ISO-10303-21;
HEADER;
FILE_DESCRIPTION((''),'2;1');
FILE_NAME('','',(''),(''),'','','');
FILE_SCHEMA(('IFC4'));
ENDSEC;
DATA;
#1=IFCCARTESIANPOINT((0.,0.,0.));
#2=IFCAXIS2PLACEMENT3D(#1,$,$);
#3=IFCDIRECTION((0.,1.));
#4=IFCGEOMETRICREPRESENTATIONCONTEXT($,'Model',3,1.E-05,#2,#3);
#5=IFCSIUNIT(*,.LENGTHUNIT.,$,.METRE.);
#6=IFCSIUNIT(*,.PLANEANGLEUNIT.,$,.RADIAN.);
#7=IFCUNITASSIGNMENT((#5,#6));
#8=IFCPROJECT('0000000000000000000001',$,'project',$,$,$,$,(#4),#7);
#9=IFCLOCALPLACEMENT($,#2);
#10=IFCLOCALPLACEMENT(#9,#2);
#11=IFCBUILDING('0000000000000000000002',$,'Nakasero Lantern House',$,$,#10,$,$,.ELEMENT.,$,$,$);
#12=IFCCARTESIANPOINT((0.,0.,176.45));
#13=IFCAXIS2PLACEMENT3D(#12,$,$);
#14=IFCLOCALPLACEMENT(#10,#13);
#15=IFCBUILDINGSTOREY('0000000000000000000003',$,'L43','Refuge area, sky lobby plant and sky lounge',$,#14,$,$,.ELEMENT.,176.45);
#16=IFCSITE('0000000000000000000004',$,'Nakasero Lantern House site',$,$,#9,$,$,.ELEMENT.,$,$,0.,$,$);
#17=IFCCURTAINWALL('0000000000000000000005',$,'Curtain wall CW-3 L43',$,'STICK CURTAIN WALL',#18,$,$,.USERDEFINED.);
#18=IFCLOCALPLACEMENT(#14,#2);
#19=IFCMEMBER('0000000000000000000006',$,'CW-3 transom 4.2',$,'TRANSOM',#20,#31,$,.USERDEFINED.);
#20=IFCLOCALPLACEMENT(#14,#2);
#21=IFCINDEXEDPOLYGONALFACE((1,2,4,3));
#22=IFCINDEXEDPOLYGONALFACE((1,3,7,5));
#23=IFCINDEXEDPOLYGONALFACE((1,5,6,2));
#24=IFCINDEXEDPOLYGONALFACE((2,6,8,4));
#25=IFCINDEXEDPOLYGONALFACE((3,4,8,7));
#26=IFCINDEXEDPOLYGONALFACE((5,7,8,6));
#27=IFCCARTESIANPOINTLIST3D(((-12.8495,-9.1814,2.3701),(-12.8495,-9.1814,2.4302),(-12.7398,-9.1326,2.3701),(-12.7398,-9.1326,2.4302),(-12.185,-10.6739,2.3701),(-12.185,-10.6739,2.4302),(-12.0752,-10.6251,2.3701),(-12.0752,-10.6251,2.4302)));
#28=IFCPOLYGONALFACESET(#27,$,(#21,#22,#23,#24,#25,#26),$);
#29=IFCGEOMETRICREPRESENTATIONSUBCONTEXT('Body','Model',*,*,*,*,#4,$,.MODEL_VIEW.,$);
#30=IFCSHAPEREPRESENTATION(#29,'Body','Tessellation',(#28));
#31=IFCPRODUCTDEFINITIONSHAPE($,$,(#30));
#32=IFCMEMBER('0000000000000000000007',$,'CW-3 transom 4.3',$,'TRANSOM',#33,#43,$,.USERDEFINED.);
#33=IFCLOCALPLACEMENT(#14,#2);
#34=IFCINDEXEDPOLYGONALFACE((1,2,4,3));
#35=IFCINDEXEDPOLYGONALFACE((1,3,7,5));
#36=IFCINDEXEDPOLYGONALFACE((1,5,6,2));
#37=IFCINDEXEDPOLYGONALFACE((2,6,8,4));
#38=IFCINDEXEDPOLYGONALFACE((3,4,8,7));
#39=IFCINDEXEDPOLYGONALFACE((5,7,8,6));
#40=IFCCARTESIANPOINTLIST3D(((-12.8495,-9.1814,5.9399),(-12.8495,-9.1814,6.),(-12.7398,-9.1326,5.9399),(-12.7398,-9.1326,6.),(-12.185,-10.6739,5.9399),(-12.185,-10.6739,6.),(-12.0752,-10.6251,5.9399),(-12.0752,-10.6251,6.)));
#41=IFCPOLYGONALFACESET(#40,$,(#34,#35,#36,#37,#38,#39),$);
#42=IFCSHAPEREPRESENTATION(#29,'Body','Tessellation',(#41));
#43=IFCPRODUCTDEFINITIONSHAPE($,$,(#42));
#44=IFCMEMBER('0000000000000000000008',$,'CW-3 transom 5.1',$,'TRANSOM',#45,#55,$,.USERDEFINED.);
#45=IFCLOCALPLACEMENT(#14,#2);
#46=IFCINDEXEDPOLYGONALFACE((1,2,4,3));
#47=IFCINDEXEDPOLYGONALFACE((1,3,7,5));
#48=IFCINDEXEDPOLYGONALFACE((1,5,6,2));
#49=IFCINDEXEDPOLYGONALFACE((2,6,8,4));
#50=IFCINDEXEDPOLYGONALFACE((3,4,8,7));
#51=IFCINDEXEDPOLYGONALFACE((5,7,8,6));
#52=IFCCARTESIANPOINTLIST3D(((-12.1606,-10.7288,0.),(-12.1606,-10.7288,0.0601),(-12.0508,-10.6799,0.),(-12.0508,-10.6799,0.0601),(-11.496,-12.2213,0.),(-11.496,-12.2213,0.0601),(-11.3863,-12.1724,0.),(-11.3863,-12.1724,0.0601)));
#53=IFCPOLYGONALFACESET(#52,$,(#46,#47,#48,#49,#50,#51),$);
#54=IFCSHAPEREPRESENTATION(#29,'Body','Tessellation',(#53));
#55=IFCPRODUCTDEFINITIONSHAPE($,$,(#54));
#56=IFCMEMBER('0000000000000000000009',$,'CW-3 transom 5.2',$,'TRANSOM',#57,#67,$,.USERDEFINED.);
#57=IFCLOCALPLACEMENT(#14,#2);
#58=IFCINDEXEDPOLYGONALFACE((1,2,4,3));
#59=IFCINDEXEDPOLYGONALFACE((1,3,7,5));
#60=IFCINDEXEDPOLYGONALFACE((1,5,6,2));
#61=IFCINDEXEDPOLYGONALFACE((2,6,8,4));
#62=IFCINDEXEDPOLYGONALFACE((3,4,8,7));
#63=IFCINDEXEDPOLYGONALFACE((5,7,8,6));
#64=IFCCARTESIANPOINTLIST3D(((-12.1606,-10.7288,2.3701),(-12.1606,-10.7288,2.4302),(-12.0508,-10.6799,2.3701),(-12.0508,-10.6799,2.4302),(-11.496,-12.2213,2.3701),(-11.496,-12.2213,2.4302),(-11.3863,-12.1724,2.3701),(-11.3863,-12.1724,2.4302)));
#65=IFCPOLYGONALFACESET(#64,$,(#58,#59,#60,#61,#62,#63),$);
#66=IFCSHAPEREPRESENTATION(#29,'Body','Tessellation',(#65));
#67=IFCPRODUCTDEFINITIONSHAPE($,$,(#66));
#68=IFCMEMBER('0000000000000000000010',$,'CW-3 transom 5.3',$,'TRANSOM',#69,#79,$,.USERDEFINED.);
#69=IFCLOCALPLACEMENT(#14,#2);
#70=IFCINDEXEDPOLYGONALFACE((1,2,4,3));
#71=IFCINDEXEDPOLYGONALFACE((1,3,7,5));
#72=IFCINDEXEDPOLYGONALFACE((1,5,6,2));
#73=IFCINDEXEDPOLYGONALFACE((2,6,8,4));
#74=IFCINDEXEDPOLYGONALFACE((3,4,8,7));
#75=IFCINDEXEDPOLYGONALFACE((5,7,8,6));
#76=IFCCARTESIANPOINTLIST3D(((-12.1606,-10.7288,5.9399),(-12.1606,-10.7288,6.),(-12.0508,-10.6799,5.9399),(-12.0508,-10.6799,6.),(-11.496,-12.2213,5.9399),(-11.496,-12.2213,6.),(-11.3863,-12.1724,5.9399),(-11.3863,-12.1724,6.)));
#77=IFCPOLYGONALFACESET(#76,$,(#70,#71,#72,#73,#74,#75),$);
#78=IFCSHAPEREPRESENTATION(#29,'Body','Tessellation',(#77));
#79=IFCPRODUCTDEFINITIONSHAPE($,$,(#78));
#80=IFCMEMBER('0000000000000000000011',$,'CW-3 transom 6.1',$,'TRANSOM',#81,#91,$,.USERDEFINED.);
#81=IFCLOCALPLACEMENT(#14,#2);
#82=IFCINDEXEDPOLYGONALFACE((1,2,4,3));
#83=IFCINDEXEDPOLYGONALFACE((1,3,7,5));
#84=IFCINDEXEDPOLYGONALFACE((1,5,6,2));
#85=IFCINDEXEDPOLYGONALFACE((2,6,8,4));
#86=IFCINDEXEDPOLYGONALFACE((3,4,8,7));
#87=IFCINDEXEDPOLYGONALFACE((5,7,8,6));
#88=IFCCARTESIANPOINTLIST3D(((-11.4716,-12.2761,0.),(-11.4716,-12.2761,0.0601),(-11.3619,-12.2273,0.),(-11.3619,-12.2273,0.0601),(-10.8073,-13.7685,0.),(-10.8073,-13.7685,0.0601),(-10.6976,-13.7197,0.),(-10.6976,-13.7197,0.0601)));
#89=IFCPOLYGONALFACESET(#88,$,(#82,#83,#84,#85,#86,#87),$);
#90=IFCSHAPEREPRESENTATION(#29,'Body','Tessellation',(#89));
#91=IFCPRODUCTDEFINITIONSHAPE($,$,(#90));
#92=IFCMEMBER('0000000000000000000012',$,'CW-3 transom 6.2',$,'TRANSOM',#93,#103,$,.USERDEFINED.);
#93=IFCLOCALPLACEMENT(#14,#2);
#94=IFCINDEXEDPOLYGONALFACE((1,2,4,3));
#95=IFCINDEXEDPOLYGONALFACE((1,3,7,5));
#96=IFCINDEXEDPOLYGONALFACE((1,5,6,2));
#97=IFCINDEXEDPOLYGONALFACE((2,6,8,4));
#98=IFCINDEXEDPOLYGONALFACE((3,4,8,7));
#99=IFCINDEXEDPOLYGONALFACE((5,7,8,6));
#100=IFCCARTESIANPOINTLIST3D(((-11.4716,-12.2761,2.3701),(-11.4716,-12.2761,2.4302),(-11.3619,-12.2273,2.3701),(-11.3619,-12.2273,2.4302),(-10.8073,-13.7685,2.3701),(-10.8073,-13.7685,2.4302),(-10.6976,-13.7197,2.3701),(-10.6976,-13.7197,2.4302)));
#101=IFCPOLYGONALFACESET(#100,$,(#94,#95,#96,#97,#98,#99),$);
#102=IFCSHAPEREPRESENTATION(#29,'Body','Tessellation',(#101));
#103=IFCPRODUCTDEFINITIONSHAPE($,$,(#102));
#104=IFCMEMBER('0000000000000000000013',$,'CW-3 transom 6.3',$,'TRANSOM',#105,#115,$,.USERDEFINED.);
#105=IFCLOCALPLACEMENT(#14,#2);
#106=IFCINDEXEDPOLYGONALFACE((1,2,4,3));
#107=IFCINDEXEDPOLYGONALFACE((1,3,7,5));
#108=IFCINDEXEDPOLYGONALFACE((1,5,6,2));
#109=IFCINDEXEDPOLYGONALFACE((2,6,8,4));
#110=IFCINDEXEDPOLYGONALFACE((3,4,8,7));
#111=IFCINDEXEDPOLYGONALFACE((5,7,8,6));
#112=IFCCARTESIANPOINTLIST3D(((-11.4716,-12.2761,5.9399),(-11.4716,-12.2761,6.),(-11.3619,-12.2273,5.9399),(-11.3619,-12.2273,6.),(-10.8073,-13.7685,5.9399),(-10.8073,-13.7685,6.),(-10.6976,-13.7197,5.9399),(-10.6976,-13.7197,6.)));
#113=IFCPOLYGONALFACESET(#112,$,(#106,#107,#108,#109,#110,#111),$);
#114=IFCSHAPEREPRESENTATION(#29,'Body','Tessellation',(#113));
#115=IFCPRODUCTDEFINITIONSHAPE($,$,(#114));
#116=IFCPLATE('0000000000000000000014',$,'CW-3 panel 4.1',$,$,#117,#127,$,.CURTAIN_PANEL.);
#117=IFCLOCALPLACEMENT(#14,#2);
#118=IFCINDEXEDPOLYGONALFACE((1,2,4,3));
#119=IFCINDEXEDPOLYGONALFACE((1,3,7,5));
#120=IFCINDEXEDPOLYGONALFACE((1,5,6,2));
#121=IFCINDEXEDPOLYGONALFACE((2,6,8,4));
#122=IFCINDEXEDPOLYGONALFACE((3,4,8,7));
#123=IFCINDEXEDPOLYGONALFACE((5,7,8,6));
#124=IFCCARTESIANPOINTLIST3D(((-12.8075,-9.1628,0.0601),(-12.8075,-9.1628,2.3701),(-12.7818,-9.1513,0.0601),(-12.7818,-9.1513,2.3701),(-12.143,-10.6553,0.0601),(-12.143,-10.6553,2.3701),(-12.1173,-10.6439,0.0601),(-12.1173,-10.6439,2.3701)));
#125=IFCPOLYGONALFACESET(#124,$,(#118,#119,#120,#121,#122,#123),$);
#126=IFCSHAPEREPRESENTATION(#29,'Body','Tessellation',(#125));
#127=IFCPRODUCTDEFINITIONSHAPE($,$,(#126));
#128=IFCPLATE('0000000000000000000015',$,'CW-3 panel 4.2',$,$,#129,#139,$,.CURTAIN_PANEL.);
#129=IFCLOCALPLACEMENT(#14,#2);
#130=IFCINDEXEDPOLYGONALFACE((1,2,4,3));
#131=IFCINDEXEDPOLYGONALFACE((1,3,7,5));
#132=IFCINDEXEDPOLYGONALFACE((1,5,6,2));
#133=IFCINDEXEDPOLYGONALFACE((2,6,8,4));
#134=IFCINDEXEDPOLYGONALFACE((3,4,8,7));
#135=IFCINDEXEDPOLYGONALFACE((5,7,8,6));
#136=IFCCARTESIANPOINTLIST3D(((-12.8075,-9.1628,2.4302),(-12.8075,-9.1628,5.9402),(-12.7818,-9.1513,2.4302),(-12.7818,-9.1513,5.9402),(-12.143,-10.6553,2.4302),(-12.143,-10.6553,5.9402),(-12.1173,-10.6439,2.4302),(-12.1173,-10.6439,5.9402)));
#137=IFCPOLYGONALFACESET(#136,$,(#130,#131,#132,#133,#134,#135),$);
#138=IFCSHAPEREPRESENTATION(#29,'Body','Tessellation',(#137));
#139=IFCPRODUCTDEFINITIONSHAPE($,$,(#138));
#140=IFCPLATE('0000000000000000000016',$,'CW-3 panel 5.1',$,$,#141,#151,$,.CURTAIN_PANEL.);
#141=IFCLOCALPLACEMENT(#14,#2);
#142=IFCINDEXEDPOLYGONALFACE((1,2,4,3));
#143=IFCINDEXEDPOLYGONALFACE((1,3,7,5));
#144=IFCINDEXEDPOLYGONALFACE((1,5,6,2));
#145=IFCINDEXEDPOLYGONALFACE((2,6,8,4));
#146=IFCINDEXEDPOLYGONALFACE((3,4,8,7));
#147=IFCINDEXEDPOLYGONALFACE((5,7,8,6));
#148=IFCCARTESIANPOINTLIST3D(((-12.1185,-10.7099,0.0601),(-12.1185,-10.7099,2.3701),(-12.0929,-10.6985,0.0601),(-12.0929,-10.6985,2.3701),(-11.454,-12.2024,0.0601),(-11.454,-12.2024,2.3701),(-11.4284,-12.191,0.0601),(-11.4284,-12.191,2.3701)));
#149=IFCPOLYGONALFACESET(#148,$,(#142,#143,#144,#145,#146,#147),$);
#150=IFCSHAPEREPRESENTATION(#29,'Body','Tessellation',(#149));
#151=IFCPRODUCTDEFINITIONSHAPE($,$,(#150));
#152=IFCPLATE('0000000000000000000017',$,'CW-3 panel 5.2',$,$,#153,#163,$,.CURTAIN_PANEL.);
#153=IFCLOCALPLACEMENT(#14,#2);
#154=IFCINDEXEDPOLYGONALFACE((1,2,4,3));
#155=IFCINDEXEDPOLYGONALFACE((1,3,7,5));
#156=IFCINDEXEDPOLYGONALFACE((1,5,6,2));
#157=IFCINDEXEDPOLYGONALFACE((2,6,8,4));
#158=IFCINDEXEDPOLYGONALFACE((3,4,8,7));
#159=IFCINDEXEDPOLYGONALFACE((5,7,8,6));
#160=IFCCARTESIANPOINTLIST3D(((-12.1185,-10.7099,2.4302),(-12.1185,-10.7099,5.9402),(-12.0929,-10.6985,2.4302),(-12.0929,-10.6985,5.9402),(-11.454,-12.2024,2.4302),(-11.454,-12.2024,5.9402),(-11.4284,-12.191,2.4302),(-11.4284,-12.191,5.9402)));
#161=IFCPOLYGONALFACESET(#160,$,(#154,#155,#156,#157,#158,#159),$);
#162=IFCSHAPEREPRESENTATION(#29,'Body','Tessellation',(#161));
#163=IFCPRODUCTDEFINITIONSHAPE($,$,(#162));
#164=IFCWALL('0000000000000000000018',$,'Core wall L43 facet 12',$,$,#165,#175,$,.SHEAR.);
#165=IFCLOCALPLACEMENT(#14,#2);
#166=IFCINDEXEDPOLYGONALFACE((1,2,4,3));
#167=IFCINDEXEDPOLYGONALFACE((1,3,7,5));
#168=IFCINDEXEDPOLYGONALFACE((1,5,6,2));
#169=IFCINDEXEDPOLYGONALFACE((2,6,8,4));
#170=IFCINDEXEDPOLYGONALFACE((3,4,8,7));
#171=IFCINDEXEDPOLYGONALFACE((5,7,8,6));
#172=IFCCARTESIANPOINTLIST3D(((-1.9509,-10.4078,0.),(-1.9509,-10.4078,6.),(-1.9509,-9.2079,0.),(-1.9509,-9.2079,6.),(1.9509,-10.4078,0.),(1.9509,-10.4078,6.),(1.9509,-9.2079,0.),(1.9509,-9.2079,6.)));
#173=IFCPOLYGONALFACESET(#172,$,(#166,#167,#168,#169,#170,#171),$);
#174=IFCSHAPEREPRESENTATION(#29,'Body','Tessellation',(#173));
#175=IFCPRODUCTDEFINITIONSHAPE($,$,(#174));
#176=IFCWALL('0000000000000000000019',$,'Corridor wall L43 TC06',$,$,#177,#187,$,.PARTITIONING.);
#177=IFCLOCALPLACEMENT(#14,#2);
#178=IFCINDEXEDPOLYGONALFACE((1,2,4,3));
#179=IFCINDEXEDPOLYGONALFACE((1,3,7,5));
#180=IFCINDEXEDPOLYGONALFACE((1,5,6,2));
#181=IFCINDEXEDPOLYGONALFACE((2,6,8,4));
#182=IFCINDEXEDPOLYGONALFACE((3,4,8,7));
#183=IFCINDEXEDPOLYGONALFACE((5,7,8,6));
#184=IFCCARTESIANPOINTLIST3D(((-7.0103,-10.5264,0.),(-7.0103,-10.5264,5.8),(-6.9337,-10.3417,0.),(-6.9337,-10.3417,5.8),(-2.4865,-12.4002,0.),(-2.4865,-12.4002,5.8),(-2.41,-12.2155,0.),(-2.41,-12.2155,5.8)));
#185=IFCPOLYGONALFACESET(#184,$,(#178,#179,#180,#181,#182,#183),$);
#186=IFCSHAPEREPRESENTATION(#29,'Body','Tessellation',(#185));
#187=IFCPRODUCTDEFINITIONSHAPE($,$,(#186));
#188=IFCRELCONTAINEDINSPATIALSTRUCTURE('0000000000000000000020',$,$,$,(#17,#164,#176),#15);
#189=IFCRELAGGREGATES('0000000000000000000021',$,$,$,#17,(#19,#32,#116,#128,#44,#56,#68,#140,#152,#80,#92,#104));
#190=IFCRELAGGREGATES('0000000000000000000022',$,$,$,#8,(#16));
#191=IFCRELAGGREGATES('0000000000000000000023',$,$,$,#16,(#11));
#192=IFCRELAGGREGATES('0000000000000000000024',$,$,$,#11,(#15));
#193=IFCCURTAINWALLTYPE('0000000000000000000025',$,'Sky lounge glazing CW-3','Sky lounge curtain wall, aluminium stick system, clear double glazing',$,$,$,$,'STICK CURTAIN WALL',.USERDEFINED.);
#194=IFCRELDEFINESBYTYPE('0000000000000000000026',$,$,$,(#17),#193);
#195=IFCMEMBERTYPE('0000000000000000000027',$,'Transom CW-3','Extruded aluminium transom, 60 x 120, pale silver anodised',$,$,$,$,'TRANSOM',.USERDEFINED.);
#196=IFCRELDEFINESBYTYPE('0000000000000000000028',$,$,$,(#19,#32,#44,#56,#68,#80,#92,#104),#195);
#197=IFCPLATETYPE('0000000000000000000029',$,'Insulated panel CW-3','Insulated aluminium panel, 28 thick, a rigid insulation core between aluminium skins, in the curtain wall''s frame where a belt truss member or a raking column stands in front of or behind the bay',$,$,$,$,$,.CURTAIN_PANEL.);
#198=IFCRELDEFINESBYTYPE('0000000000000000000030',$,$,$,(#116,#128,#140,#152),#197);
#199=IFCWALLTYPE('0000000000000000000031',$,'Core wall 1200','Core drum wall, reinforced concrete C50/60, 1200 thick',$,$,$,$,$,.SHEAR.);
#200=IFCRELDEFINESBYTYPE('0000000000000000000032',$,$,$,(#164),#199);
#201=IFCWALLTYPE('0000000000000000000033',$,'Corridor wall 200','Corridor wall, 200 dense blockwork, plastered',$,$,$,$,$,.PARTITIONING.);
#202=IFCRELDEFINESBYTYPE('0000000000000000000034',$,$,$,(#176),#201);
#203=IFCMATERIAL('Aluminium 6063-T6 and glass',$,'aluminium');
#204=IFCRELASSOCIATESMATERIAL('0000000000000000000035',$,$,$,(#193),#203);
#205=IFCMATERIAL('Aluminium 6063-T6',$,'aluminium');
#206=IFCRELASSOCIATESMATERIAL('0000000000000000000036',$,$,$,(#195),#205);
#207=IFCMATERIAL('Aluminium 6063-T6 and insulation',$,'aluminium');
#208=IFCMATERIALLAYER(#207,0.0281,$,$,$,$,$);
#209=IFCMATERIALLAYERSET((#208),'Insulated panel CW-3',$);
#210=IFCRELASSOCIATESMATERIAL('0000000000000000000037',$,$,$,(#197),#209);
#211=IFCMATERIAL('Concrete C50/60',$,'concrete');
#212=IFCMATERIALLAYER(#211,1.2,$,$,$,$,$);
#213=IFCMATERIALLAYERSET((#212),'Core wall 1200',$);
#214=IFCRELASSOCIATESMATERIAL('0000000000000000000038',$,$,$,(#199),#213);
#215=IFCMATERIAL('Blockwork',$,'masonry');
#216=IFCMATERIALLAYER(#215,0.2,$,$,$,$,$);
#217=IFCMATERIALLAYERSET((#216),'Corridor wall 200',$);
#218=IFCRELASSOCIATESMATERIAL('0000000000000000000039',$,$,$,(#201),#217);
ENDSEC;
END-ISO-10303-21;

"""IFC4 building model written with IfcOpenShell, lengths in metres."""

from ifc_helpers import new_model, si_unit, direction, frame, frame_2d, origin, origin_2d, place, context, subcontext, project, spatial, rectangle, extrude, material, layer, layer_set, material_profile, profile_set, type_object, element, aggregate, save


model = new_model("IFC4")

# Units and contexts
model_context = context("Model", 3, precision=1e-05, world=origin(), true_north=direction((0.0, 1.0)))
body_context = subcontext(model_context, "Body", "Model", "MODEL_VIEW")
ifc_project = project(units=[si_unit("LENGTHUNIT", "METRE"), si_unit("PLANEANGLEUNIT", "RADIAN")], contexts=[model_context])

# Site, building, storey
site_placement = place(None, origin())
site = spatial("IfcSite", under=ifc_project, at=site_placement, Name="Nakasero Lantern House site", CompositionType="ELEMENT", RefElevation=0.0)
building_placement = place(site_placement, origin())
building = spatial("IfcBuilding", under=site, at=building_placement, Name="Nakasero Lantern House", CompositionType="ELEMENT")
storey_placement = place(building_placement, frame((0.0, 0.0, 176.45)))
storey = spatial("IfcBuildingStorey", under=building, at=storey_placement, Name="L43", Description="Refuge area, sky lobby plant and sky lounge", CompositionType="ELEMENT", Elevation=176.45)

# Curtain wall, members, plates
ifc_material_1 = material(Name="Aluminium 6063-T6 and glass", Category="aluminium")
curtain_wall_type = type_object("IfcCurtainWallType", Name="Sky lounge glazing CW-3", Description="Sky lounge curtain wall, aluminium stick system, clear double glazing", ElementType="STICK CURTAIN WALL", PredefinedType="USERDEFINED", material=ifc_material_1)
curtain_wall_placement = place(storey_placement, origin())
curtain_wall = element("IfcCurtainWall", 1, at=curtain_wall_placement, inside=storey, type_object=curtain_wall_type, Name="Curtain wall CW-3 L43", ObjectType="STICK CURTAIN WALL", PredefinedType="USERDEFINED")
ifc_material_2 = material(Name="Aluminium 6063-T6", Category="aluminium")
ifc_material_profile_1 = material_profile(ifc_material_2, rectangle(XDim=0.0601, YDim=0.1201, at=origin_2d()), Name="CW-3 transom 60x120")
ifc_profile_set_1 = profile_set([ifc_material_profile_1], Name="Aluminium 6063-T6")
member_type_1 = type_object("IfcMemberType", Name="Transom CW-3", Description="Extruded aluminium transom, 60 x 120, pale silver anodised", ElementType="TRANSOM", PredefinedType="USERDEFINED", material=ifc_profile_set_1)
member_1_placement = place(storey_placement, frame((-12.7947, -9.157, 2.4001), z_axis=(0.406776, -0.913528, 0.0), x_axis=(0.0, 0.0, 1.0)))
member_1 = element("IfcMember", 2, at=member_1_placement, type_object=member_type_1, Name="CW-3 transom 4.2", ObjectType="TRANSOM", PredefinedType="USERDEFINED", context=body_context, shape_type="SweptSolid", body=[
    extrude(rectangle(XDim=0.0601, YDim=0.1201, at=origin_2d()), origin(), (0.0, 0.0, 1.0), 1.6338),
])
member_2_placement = place(storey_placement, frame((-12.7947, -9.157, 5.97), z_axis=(0.406776, -0.913528, 0.0), x_axis=(0.0, 0.0, 1.0)))
member_2 = element("IfcMember", 3, at=member_2_placement, type_object=member_type_1, Name="CW-3 transom 4.3", ObjectType="TRANSOM", PredefinedType="USERDEFINED", context=body_context, shape_type="SweptSolid", body=[
    extrude(rectangle(XDim=0.0601, YDim=0.1201, at=origin_2d()), origin(), (0.0, 0.0, 1.0), 1.6338),
])
member_3_placement = place(storey_placement, frame((-12.1057, -10.7043, 0.03), z_axis=(0.406776, -0.913528, 0.0), x_axis=(0.0, 0.0, 1.0)))
member_3 = element("IfcMember", 4, at=member_3_placement, type_object=member_type_1, Name="CW-3 transom 5.1", ObjectType="TRANSOM", PredefinedType="USERDEFINED", context=body_context, shape_type="SweptSolid", body=[
    extrude(rectangle(XDim=0.0601, YDim=0.1201, at=origin_2d()), origin(), (0.0, 0.0, 1.0), 1.6338),
])
member_4_placement = place(storey_placement, frame((-12.1057, -10.7043, 2.4001), z_axis=(0.406776, -0.913528, 0.0), x_axis=(0.0, 0.0, 1.0)))
member_4 = element("IfcMember", 5, at=member_4_placement, type_object=member_type_1, Name="CW-3 transom 5.2", ObjectType="TRANSOM", PredefinedType="USERDEFINED", context=body_context, shape_type="SweptSolid", body=[
    extrude(rectangle(XDim=0.0601, YDim=0.1201, at=origin_2d()), origin(), (0.0, 0.0, 1.0), 1.6338),
])
member_5_placement = place(storey_placement, frame((-12.1057, -10.7043, 5.97), z_axis=(0.406776, -0.913528, 0.0), x_axis=(0.0, 0.0, 1.0)))
member_5 = element("IfcMember", 6, at=member_5_placement, type_object=member_type_1, Name="CW-3 transom 5.3", ObjectType="TRANSOM", PredefinedType="USERDEFINED", context=body_context, shape_type="SweptSolid", body=[
    extrude(rectangle(XDim=0.0601, YDim=0.1201, at=origin_2d()), origin(), (0.0, 0.0, 1.0), 1.6338),
])
member_6_placement = place(storey_placement, frame((-11.4167, -12.2517, 0.03), z_axis=(0.406651, -0.913583, 0.0), x_axis=(0.0, 0.0, 1.0)))
member_6 = element("IfcMember", 7, at=member_6_placement, type_object=member_type_1, Name="CW-3 transom 6.1", ObjectType="TRANSOM", PredefinedType="USERDEFINED", context=body_context, shape_type="SweptSolid", body=[
    extrude(rectangle(XDim=0.0601, YDim=0.1201, at=origin_2d()), origin(), (0.0, 0.0, 1.0), 1.6335),
])
member_7_placement = place(storey_placement, frame((-11.4167, -12.2517, 2.4001), z_axis=(0.406651, -0.913583, 0.0), x_axis=(0.0, 0.0, 1.0)))
member_7 = element("IfcMember", 8, at=member_7_placement, type_object=member_type_1, Name="CW-3 transom 6.2", ObjectType="TRANSOM", PredefinedType="USERDEFINED", context=body_context, shape_type="SweptSolid", body=[
    extrude(rectangle(XDim=0.0601, YDim=0.1201, at=origin_2d()), origin(), (0.0, 0.0, 1.0), 1.6335),
])
member_8_placement = place(storey_placement, frame((-11.4167, -12.2517, 5.97), z_axis=(0.406651, -0.913583, 0.0), x_axis=(0.0, 0.0, 1.0)))
member_8 = element("IfcMember", 9, at=member_8_placement, type_object=member_type_1, Name="CW-3 transom 6.3", ObjectType="TRANSOM", PredefinedType="USERDEFINED", context=body_context, shape_type="SweptSolid", body=[
    extrude(rectangle(XDim=0.0601, YDim=0.1201, at=origin_2d()), origin(), (0.0, 0.0, 1.0), 1.6335),
])
ifc_material_3 = material(Name="Aluminium 6063-T6 and insulation", Category="aluminium")
ifc_layer_1 = layer(ifc_material_3, 0.0281)
ifc_layer_set_1 = layer_set([ifc_layer_1], Name="Insulated panel CW-3")
plate_type = type_object("IfcPlateType", Name="Insulated panel CW-3", Description="Insulated aluminium panel, 28 thick, a rigid insulation core between aluminium skins, in the curtain wall's frame where a belt truss member or a raking column stands in front of or behind the bay", PredefinedType="CURTAIN_PANEL", material=ifc_layer_set_1)
plate_1_placement = place(storey_placement, frame((-12.4624, -9.9033, 0.0601), z_axis=(0.0, 0.0, 1.0), x_axis=(0.406737, -0.913545, 0.0)))
plate_1 = element("IfcPlate", 10, at=plate_1_placement, type_object=plate_type, Name="CW-3 panel 4.1", PredefinedType="CURTAIN_PANEL", context=body_context, shape_type="SweptSolid", body=[
    extrude(rectangle(XDim=1.6338, YDim=0.0281, at=origin_2d()), origin(), (0.0, 0.0, 1.0), 2.3101),
])
plate_2_placement = place(storey_placement, frame((-12.4624, -9.9033, 2.4302), z_axis=(0.0, 0.0, 1.0), x_axis=(0.406737, -0.913545, 0.0)))
plate_2 = element("IfcPlate", 11, at=plate_2_placement, type_object=plate_type, Name="CW-3 panel 4.2", PredefinedType="CURTAIN_PANEL", context=body_context, shape_type="SweptSolid", body=[
    extrude(rectangle(XDim=1.6338, YDim=0.0281, at=origin_2d()), origin(), (0.0, 0.0, 1.0), 3.51),
])
plate_3_placement = place(storey_placement, frame((-11.7734, -11.4504, 0.0601), z_axis=(0.0, 0.0, 1.0), x_axis=(0.406737, -0.913545, 0.0)))
plate_3 = element("IfcPlate", 12, at=plate_3_placement, type_object=plate_type, Name="CW-3 panel 5.1", PredefinedType="CURTAIN_PANEL", context=body_context, shape_type="SweptSolid", body=[
    extrude(rectangle(XDim=1.6338, YDim=0.0281, at=origin_2d()), origin(), (0.0, 0.0, 1.0), 2.3101),
])
plate_4_placement = place(storey_placement, frame((-11.7734, -11.4504, 2.4302), z_axis=(0.0, 0.0, 1.0), x_axis=(0.406737, -0.913545, 0.0)))
plate_4 = element("IfcPlate", 13, at=plate_4_placement, type_object=plate_type, Name="CW-3 panel 5.2", PredefinedType="CURTAIN_PANEL", context=body_context, shape_type="SweptSolid", body=[
    extrude(rectangle(XDim=1.6338, YDim=0.0281, at=origin_2d()), origin(), (0.0, 0.0, 1.0), 3.51),
])
aggregate(curtain_wall, [member_1, member_2, plate_1, plate_2, member_3, member_4, member_5, plate_3, plate_4, member_6, member_7, member_8])

# Walls
ifc_material_4 = material(Name="Concrete C50/60", Category="concrete")
ifc_layer_2 = layer(ifc_material_4, 1.2)
ifc_layer_set_2 = layer_set([ifc_layer_2], Name="Core wall 1200")
wall_type_1 = type_object("IfcWallType", Name="Core wall 1200", Description="Core drum wall, reinforced concrete C50/60, 1200 thick", PredefinedType="SHEAR", material=ifc_layer_set_2)
wall_1_placement = place(storey_placement, frame((-1.9509, -9.8079, 0.0), z_axis=(0.0, 0.0, 1.0), x_axis=(1.0, 0.0, 0.0)))
element("IfcWall", 14, at=wall_1_placement, inside=storey, type_object=wall_type_1, Name="Core wall L43 facet 12", PredefinedType="SHEAR", context=body_context, shape_type="SweptSolid", body=[
    extrude(rectangle(XDim=3.9019, YDim=1.2, at=frame_2d((1.9509, 0.0))), origin(), (0.0, 0.0, 1.0), 6.0),
])
ifc_material_5 = material(Name="Blockwork", Category="masonry")
ifc_layer_3 = layer(ifc_material_5, 0.2)
ifc_layer_set_3 = layer_set([ifc_layer_3], Name="Corridor wall 200")
wall_type_2 = type_object("IfcWallType", Name="Corridor wall 200", Description="Corridor wall, 200 dense blockwork, plastered", PredefinedType="PARTITIONING", material=ifc_layer_set_3)
wall_2_placement = place(storey_placement, frame((-2.4482, -12.3079, 0.0), z_axis=(0.0, 0.0, 1.0), x_axis=(-0.923879, 0.382685, 0.0)))
element("IfcWall", 15, at=wall_2_placement, inside=storey, type_object=wall_type_2, Name="Corridor wall L43 TC06", PredefinedType="PARTITIONING", context=body_context, shape_type="SweptSolid", body=[
    extrude(rectangle(XDim=4.8965, YDim=0.2, at=frame_2d((2.4482, 0.0))), origin(), (0.0, 0.0, 1.0), 5.8),
])

save(model, "model.ifc")
